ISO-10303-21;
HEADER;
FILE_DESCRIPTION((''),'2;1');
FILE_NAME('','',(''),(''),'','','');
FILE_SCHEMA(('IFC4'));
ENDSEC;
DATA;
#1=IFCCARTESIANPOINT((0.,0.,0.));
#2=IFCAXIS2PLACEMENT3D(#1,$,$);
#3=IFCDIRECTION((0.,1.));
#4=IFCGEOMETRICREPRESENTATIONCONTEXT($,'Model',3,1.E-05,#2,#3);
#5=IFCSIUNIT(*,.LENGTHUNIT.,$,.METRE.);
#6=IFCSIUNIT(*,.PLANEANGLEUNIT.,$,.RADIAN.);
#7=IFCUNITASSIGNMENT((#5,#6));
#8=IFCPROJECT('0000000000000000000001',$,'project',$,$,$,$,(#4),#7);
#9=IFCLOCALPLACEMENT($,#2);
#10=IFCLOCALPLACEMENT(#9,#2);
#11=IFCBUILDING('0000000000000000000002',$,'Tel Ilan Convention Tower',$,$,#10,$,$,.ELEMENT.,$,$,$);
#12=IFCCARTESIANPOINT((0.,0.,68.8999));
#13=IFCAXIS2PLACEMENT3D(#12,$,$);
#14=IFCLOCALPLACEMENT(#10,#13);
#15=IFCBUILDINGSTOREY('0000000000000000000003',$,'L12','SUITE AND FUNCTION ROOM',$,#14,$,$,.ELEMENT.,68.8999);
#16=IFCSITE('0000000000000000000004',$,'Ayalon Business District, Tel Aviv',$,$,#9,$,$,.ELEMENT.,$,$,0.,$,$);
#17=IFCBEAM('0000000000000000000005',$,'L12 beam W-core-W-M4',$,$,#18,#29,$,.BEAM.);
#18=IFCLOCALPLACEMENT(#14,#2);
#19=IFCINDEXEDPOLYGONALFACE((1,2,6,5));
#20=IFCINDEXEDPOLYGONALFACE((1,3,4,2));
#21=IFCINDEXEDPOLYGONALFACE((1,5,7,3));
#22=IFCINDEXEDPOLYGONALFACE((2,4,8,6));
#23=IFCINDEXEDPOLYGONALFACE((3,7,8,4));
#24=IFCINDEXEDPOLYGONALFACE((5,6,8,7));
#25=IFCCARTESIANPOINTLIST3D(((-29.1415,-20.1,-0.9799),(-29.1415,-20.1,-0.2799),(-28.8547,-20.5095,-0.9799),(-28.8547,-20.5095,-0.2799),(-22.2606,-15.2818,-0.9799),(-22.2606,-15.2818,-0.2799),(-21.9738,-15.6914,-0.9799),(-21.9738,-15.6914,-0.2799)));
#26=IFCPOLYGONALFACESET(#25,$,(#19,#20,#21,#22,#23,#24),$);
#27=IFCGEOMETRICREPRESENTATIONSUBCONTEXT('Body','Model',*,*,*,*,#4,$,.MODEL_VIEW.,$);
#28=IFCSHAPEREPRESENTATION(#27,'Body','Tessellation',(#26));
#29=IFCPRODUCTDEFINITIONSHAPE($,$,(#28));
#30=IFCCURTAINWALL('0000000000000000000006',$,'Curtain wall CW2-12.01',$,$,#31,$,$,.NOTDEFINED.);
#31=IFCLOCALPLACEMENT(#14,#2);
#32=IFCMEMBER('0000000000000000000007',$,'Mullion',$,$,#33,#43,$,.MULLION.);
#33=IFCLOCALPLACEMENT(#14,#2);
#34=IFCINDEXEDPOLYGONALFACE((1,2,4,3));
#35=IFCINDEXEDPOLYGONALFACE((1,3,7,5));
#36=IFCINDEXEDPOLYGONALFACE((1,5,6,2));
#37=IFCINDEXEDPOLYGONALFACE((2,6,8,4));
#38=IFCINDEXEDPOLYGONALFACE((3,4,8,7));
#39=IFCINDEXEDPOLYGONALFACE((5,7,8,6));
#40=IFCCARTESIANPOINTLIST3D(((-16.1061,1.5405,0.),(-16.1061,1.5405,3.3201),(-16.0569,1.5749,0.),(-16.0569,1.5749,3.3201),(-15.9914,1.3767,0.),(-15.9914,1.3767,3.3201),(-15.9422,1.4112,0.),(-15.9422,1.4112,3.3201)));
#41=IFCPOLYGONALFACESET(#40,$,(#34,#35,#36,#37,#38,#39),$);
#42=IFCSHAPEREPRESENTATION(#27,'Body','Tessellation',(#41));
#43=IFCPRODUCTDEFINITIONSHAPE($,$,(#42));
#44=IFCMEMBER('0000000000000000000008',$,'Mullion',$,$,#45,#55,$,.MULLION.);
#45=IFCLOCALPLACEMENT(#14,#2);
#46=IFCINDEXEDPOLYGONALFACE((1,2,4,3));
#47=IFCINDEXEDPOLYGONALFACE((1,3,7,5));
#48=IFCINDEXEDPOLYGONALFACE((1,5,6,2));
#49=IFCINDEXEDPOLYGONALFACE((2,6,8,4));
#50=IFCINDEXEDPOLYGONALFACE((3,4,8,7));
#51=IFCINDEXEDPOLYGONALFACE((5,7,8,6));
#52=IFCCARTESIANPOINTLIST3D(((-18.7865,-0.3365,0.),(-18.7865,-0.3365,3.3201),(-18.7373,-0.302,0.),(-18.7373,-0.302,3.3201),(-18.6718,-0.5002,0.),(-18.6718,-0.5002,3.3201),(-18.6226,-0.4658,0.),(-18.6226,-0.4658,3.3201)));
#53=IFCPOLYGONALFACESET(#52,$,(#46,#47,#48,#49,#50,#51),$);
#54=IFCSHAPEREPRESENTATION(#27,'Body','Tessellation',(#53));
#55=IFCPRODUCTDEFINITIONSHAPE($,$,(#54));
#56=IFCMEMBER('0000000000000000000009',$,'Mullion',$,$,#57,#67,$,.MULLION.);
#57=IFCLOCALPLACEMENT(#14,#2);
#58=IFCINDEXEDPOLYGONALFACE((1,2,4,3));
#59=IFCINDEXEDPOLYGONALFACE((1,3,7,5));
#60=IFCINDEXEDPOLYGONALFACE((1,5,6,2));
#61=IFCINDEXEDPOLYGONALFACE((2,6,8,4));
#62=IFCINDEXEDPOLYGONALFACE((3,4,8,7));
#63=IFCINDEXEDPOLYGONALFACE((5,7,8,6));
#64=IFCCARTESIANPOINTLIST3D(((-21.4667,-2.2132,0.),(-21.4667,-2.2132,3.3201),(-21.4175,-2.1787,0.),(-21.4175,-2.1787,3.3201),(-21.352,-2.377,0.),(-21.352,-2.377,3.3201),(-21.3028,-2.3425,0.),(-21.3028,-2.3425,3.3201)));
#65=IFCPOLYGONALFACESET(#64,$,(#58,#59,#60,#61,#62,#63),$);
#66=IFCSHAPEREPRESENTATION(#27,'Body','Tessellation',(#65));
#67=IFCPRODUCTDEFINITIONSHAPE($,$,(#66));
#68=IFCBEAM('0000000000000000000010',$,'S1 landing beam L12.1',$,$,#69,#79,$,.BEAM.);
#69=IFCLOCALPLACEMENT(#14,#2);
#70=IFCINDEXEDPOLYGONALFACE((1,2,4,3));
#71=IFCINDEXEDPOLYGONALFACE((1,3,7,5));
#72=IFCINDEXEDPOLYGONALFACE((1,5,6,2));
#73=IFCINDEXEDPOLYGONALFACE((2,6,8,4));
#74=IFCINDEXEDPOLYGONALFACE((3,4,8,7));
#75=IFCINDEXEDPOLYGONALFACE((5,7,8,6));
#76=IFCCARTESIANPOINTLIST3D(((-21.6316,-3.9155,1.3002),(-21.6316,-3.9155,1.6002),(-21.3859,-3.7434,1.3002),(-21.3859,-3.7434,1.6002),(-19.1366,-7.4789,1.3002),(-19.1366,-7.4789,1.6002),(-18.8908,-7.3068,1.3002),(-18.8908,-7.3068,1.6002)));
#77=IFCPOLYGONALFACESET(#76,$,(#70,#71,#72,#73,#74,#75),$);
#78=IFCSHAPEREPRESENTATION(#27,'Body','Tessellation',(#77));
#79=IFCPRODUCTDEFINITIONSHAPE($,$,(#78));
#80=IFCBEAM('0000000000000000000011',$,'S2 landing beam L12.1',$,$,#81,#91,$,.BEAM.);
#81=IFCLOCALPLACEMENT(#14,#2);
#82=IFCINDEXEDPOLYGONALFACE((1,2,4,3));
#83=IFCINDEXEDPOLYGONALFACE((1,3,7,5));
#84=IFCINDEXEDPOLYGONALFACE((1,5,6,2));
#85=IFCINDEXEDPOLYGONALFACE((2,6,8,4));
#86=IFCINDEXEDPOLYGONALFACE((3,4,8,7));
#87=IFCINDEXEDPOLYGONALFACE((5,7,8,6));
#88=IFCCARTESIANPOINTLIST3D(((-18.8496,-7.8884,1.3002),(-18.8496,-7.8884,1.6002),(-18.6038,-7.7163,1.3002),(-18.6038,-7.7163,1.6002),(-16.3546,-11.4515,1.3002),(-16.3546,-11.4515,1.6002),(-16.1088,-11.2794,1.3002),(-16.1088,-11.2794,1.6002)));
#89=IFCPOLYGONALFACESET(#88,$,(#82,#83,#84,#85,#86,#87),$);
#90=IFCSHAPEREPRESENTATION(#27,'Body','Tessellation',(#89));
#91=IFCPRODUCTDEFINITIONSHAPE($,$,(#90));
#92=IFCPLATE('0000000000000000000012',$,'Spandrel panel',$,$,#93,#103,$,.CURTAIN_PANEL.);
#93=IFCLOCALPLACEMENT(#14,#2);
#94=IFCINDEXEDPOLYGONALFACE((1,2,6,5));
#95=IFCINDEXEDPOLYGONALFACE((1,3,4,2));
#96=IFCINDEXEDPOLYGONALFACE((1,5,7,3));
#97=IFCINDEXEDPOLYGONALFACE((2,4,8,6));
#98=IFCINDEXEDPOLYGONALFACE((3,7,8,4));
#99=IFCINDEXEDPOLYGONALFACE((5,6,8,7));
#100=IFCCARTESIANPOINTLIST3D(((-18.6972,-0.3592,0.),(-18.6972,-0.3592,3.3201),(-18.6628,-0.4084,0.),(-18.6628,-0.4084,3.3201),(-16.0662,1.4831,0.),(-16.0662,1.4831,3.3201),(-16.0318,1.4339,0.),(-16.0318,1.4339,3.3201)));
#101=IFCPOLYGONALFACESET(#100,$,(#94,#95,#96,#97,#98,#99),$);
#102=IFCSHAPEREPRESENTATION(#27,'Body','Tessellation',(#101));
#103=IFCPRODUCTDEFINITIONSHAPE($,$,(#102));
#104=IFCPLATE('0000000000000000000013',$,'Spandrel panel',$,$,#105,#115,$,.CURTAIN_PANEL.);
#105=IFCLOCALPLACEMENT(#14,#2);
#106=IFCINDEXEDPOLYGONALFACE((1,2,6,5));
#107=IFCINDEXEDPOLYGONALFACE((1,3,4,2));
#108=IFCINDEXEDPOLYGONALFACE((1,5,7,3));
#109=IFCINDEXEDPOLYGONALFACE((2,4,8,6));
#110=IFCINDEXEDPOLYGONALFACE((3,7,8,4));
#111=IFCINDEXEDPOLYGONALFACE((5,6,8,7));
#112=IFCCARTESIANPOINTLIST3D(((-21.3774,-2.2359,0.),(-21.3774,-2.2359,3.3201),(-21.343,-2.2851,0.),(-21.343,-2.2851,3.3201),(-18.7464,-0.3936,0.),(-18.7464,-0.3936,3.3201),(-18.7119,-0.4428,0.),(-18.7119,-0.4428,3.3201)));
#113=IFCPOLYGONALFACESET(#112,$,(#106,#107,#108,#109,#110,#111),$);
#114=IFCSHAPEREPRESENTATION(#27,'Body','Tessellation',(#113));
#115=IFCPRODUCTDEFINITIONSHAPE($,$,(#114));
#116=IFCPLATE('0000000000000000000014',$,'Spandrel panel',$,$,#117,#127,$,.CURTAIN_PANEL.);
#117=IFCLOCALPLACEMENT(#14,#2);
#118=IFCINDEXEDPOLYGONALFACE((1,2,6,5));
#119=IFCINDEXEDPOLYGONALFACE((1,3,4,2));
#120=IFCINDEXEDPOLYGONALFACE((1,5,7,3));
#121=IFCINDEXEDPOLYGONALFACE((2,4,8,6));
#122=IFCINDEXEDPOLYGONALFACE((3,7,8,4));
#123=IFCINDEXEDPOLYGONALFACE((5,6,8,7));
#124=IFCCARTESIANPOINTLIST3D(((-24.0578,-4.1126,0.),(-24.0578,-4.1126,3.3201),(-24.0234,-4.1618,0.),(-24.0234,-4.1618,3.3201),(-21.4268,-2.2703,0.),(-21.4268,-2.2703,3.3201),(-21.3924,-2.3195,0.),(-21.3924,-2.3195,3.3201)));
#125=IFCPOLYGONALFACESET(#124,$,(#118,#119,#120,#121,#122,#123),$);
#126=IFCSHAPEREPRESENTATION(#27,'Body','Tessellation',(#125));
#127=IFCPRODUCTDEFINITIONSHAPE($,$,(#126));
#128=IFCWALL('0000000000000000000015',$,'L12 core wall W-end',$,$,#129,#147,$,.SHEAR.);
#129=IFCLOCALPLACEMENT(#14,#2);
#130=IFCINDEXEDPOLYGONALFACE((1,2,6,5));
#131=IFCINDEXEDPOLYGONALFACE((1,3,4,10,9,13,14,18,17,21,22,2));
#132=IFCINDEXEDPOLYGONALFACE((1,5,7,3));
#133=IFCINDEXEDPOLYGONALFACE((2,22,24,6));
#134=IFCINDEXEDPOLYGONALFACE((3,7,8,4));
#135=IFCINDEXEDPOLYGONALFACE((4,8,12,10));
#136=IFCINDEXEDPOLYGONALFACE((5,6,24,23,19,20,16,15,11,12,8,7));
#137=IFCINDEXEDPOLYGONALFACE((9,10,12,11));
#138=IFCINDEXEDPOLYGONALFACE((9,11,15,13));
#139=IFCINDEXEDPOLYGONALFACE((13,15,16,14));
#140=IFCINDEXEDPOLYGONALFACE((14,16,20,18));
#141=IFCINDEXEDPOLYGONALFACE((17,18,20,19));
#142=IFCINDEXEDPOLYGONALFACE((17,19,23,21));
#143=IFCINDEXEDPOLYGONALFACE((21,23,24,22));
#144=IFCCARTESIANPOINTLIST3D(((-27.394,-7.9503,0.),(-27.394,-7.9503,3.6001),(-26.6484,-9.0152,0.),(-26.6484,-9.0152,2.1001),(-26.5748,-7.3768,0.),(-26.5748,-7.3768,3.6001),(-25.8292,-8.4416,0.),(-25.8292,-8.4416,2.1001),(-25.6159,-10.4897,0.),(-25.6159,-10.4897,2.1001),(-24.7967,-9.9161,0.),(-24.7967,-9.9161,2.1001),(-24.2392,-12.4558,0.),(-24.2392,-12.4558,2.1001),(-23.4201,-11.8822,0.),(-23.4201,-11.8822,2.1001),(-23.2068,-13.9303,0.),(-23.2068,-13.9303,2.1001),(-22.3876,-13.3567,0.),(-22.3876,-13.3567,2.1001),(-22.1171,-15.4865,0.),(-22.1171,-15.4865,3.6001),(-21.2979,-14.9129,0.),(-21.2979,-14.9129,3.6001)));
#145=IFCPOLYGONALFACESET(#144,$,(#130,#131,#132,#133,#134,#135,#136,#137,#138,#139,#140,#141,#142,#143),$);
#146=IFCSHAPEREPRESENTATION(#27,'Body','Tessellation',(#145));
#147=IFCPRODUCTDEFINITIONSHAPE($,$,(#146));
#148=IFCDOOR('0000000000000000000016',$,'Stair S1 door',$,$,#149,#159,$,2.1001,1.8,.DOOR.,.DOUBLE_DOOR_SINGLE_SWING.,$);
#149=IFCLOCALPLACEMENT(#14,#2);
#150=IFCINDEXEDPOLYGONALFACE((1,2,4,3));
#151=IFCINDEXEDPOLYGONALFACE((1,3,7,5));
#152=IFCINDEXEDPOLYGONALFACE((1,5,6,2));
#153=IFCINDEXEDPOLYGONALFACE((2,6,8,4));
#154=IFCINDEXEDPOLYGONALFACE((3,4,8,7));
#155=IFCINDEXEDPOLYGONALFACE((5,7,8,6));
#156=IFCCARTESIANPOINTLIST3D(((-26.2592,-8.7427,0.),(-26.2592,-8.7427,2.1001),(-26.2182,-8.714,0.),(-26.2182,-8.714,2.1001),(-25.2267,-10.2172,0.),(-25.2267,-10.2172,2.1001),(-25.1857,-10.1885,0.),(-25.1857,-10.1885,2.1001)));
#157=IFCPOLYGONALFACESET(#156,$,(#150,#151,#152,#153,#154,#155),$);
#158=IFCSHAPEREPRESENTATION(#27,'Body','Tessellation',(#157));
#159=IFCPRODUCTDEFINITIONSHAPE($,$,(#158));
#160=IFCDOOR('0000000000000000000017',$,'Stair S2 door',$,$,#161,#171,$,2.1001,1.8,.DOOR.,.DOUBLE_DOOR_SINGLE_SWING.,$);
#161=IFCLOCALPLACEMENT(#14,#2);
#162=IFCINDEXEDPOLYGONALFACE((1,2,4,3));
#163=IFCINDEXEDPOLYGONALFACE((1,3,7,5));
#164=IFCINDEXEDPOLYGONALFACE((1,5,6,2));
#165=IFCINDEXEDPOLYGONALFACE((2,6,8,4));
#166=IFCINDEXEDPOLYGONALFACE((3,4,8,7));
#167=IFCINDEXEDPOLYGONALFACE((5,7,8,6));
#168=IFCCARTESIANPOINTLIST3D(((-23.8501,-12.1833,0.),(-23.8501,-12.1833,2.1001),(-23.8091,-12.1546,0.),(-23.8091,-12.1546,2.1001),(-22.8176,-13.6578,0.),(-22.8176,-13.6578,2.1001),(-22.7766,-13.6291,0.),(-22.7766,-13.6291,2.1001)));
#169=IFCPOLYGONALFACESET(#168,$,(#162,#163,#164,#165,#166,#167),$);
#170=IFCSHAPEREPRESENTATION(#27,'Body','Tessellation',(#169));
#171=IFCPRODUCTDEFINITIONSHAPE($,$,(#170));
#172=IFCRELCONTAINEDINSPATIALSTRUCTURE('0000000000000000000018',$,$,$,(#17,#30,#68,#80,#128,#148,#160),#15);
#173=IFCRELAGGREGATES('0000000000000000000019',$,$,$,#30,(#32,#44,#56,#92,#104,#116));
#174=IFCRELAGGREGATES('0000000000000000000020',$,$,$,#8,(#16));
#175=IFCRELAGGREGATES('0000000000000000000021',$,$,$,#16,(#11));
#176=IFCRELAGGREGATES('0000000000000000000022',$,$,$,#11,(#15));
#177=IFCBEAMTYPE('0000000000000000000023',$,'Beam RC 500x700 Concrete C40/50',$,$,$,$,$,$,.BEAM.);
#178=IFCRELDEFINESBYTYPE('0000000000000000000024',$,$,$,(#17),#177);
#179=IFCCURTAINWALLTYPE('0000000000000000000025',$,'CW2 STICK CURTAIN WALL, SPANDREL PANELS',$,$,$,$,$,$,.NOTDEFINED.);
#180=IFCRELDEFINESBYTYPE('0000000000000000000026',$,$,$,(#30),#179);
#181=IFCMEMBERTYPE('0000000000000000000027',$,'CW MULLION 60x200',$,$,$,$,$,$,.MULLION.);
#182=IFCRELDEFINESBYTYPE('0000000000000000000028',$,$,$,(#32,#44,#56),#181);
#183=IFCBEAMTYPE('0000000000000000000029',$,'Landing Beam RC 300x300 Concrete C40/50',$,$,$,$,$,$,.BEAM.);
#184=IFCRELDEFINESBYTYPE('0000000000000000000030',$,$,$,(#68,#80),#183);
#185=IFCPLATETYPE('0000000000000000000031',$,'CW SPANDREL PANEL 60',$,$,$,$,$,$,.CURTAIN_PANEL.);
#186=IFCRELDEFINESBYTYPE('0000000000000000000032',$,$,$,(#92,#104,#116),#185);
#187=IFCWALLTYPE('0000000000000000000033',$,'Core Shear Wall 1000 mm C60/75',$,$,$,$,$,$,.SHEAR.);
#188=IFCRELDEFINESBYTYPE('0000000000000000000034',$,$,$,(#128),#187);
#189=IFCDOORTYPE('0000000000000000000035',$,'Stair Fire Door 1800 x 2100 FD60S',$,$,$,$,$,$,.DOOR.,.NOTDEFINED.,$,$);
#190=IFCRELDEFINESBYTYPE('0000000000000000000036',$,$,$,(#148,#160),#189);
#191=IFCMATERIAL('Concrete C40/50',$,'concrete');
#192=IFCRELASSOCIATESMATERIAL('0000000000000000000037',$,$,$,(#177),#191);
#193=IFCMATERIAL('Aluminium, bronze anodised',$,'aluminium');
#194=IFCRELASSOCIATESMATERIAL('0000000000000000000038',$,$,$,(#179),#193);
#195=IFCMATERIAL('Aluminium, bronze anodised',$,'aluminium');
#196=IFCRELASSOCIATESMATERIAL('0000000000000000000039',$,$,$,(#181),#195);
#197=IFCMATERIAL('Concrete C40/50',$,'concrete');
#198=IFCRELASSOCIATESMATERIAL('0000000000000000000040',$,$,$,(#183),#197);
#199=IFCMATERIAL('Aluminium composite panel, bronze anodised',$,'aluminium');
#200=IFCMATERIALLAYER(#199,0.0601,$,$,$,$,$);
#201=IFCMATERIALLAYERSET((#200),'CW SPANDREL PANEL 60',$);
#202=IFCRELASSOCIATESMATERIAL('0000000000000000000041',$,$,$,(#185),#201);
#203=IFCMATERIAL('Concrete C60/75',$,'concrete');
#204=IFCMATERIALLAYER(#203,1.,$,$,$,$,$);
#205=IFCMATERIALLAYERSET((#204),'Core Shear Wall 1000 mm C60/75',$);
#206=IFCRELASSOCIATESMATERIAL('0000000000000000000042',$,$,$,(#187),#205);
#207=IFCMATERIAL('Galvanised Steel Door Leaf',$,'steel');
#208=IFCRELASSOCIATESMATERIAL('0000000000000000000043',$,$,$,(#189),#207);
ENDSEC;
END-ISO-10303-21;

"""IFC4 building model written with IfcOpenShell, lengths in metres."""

from ifc_helpers import new_model, si_unit, direction, frame, frame_2d, origin, origin_2d, place, context, subcontext, project, spatial, polyline, rectangle, outline, extrude, material, layer, layer_set, material_profile, profile_set, type_object, element, fill, aggregate, save


model = new_model("IFC4")

# Units and contexts
model_context = context("Model", 3, precision=1e-05, world=origin(), true_north=direction((0.0, 1.0)))
body_context = subcontext(model_context, "Body", "Model", "MODEL_VIEW")
ifc_project = project(units=[si_unit("LENGTHUNIT", "METRE"), si_unit("PLANEANGLEUNIT", "RADIAN")], contexts=[model_context])

# Site, building, storey
site_placement = place(None, origin())
site = spatial("IfcSite", under=ifc_project, at=site_placement, Name="Ayalon Business District, Tel Aviv", CompositionType="ELEMENT", RefElevation=0.0)
building_placement = place(site_placement, origin())
building = spatial("IfcBuilding", under=site, at=building_placement, Name="Tel Ilan Convention Tower", CompositionType="ELEMENT")
storey_placement = place(building_placement, frame((0.0, 0.0, 68.8999)))
storey = spatial("IfcBuildingStorey", under=building, at=storey_placement, Name="L12", Description="SUITE AND FUNCTION ROOM", CompositionType="ELEMENT", Elevation=68.8999)

# Beam
ifc_material_1 = material(Name="Concrete C40/50", Category="concrete")
ifc_material_profile_1 = material_profile(ifc_material_1, rectangle(XDim=0.5, YDim=0.7, at=origin_2d()), Name="RC 500x700")
ifc_profile_set_1 = profile_set([ifc_material_profile_1], Name="Concrete C40/50")
beam_type_1 = type_object("IfcBeamType", Name="Beam RC 500x700 Concrete C40/50", PredefinedType="BEAM", material=ifc_profile_set_1)
beam_1_placement = place(storey_placement, frame((-22.1172, -15.4866, -0.6299), z_axis=(-0.819147, -0.573583, 0.0), x_axis=(0.573583, -0.819147, 0.0)))
element("IfcBeam", 1, at=beam_1_placement, inside=storey, type_object=beam_type_1, Name="L12 beam W-core-W-M4", PredefinedType="BEAM", context=body_context, shape_type="SweptSolid", body=[
    extrude(rectangle(XDim=0.5, YDim=0.7, at=origin_2d()), origin(), (0.0, 0.0, 1.0), 8.4001),
])

# Curtain wall, members
ifc_material_2 = material(Name="Aluminium, bronze anodised", Category="aluminium")
curtain_wall_type = type_object("IfcCurtainWallType", Name="CW2 STICK CURTAIN WALL, SPANDREL PANELS", PredefinedType="NOTDEFINED", material=ifc_material_2)
curtain_wall_placement = place(storey_placement, origin())
curtain_wall = element("IfcCurtainWall", 2, at=curtain_wall_placement, inside=storey, type_object=curtain_wall_type, Name="Curtain wall CW2-12.01", PredefinedType="NOTDEFINED")
ifc_material_3 = material(Name="Aluminium, bronze anodised", Category="aluminium")
ifc_material_profile_2 = material_profile(ifc_material_3, rectangle(XDim=0.0601, YDim=0.2, at=origin_2d()), Name="CW MULLION 60x200")
ifc_profile_set_2 = profile_set([ifc_material_profile_2], Name="Aluminium, bronze anodised")
member_type = type_object("IfcMemberType", Name="CW MULLION 60x200", PredefinedType="MULLION", material=ifc_profile_set_2)
member_1_placement = place(storey_placement, frame((-16.0242, 1.4758, 0.0), z_axis=(0.0, 0.0, 1.0), x_axis=(-0.819152, -0.573576, 0.0)))
member_1 = element("IfcMember", 3, at=member_1_placement, type_object=member_type, Name="Mullion", PredefinedType="MULLION", context=body_context, shape_type="SweptSolid", body=[
    extrude(rectangle(XDim=0.0601, YDim=0.2, at=origin_2d()), origin(), (0.0, 0.0, 1.0), 3.3201),
])
member_2_placement = place(storey_placement, frame((-18.7046, -0.4011, 0.0), z_axis=(0.0, 0.0, 1.0), x_axis=(-0.819152, -0.573576, 0.0)))
member_2 = element("IfcMember", 4, at=member_2_placement, type_object=member_type, Name="Mullion", PredefinedType="MULLION", context=body_context, shape_type="SweptSolid", body=[
    extrude(rectangle(XDim=0.0601, YDim=0.2, at=origin_2d()), origin(), (0.0, 0.0, 1.0), 3.3201),
])
member_3_placement = place(storey_placement, frame((-21.3848, -2.2778, 0.0), z_axis=(0.0, 0.0, 1.0), x_axis=(-0.819152, -0.573576, 0.0)))
member_3 = element("IfcMember", 5, at=member_3_placement, type_object=member_type, Name="Mullion", PredefinedType="MULLION", context=body_context, shape_type="SweptSolid", body=[
    extrude(rectangle(XDim=0.0601, YDim=0.2, at=origin_2d()), origin(), (0.0, 0.0, 1.0), 3.3201),
])

# Beams
ifc_material_4 = material(Name="Concrete C40/50", Category="concrete")
ifc_material_profile_3 = material_profile(ifc_material_4, rectangle(XDim=0.3, YDim=0.3, at=origin_2d()), Name="RC 300x300")
ifc_profile_set_3 = profile_set([ifc_material_profile_3], Name="Concrete C40/50")
beam_type_2 = type_object("IfcBeamType", Name="Landing Beam RC 300x300 Concrete C40/50", PredefinedType="BEAM", material=ifc_profile_set_3)
beam_2_placement = place(storey_placement, frame((-19.0137, -7.3928, 1.4502), z_axis=(-0.573568, 0.819158, 0.0), x_axis=(-0.819158, -0.573568, 0.0)))
element("IfcBeam", 6, at=beam_2_placement, inside=storey, type_object=beam_type_2, Name="S1 landing beam L12.1", PredefinedType="BEAM", context=body_context, shape_type="SweptSolid", body=[
    extrude(rectangle(XDim=0.3, YDim=0.3, at=origin_2d()), origin(), (0.0, 0.0, 1.0), 4.3501),
])
beam_3_placement = place(storey_placement, frame((-16.2317, -11.3655, 1.4502), z_axis=(-0.573594, 0.81914, 0.0), x_axis=(-0.81914, -0.573594, 0.0)))
element("IfcBeam", 7, at=beam_3_placement, inside=storey, type_object=beam_type_2, Name="S2 landing beam L12.1", PredefinedType="BEAM", context=body_context, shape_type="SweptSolid", body=[
    extrude(rectangle(XDim=0.3, YDim=0.3, at=origin_2d()), origin(), (0.0, 0.0, 1.0), 4.3499),
])

# Plates
ifc_material_5 = material(Name="Aluminium composite panel, bronze anodised", Category="aluminium")
ifc_layer_1 = layer(ifc_material_5, 0.0601)
ifc_layer_set_1 = layer_set([ifc_layer_1], Name="CW SPANDREL PANEL 60")
plate_type = type_object("IfcPlateType", Name="CW SPANDREL PANEL 60", PredefinedType="CURTAIN_PANEL", material=ifc_layer_set_1)
plate_1_placement = place(storey_placement, frame((-17.3645, 0.5374, 0.0), z_axis=(0.0, 0.0, 1.0), x_axis=(-0.819152, -0.573576, 0.0)))
plate_1 = element("IfcPlate", 8, at=plate_1_placement, type_object=plate_type, Name="Spandrel panel", PredefinedType="CURTAIN_PANEL", context=body_context, shape_type="SweptSolid", body=[
    extrude(rectangle(XDim=3.2119, YDim=0.0601, at=origin_2d()), origin(), (0.0, 0.0, 1.0), 3.3201),
])
plate_2_placement = place(storey_placement, frame((-20.0447, -1.3394, 0.0), z_axis=(0.0, 0.0, 1.0), x_axis=(-0.819152, -0.573576, 0.0)))
plate_2 = element("IfcPlate", 9, at=plate_2_placement, type_object=plate_type, Name="Spandrel panel", PredefinedType="CURTAIN_PANEL", context=body_context, shape_type="SweptSolid", body=[
    extrude(rectangle(XDim=3.2119, YDim=0.0601, at=origin_2d()), origin(), (0.0, 0.0, 1.0), 3.3201),
])
plate_3_placement = place(storey_placement, frame((-22.7251, -3.2161, 0.0), z_axis=(0.0, 0.0, 1.0), x_axis=(-0.819152, -0.573576, 0.0)))
plate_3 = element("IfcPlate", 10, at=plate_3_placement, type_object=plate_type, Name="Spandrel panel", PredefinedType="CURTAIN_PANEL", context=body_context, shape_type="SweptSolid", body=[
    extrude(rectangle(XDim=3.2119, YDim=0.0601, at=origin_2d()), origin(), (0.0, 0.0, 1.0), 3.3201),
])
aggregate(curtain_wall, [member_1, member_2, member_3, plate_1, plate_2, plate_3])

# Wall, openings, doors
ifc_material_6 = material(Name="Concrete C60/75", Category="concrete")
ifc_layer_2 = layer(ifc_material_6, 1.0)
ifc_layer_set_2 = layer_set([ifc_layer_2], Name="Core Shear Wall 1000 mm C60/75")
wall_type_1 = type_object("IfcWallType", Name="Core Shear Wall 1000 mm C60/75", PredefinedType="SHEAR", material=ifc_layer_set_2)
wall_1_placement = place(storey_placement, frame((-21.7075, -15.1997, 0.0), z_axis=(0.0, 0.0, 1.0), x_axis=(-0.573576, 0.819152, 0.0)))
wall_1 = element("IfcWall", 11, at=wall_1_placement, inside=storey, type_object=wall_type_1, Name="L12 core wall W-end", PredefinedType="SHEAR", context=body_context, shape_type="SweptSolid", body=[
    extrude(outline(polyline([(0.0, 0.5), (0.0, -0.5), (9.2, -0.5), (9.2, 0.5), (0.0, 0.5)])), origin(), (0.0, 0.0, 1.0), 3.6001),
])
opening_1_placement = place(wall_1_placement, frame((6.1001, 0.0, 0.0)))
opening_1 = element("IfcOpeningElement", 12, at=opening_1_placement, cuts=wall_1, PredefinedType="OPENING", context=body_context, shape_type="SweptSolid", body=[
    extrude(rectangle(XDim=1.8, YDim=2.1001, at=frame_2d((0.8999, 1.05))), frame((0.0, 0.51, 0.0), z_axis=(0.0, -1.0, 0.0), x_axis=(1.0, 0.0, 0.0)), (0.0, 0.0, 1.0), 1.02),
])
opening_2_placement = place(wall_1_placement, frame((1.8999, 0.0, 0.0)))
opening_2 = element("IfcOpeningElement", 13, at=opening_2_placement, cuts=wall_1, PredefinedType="OPENING", context=body_context, shape_type="SweptSolid", body=[
    extrude(rectangle(XDim=1.8, YDim=2.1001, at=frame_2d((0.8999, 1.05))), frame((0.0, 0.51, 0.0), z_axis=(0.0, -1.0, 0.0), x_axis=(1.0, 0.0, 0.0)), (0.0, 0.0, 1.0), 1.02),
])
ifc_material_7 = material(Name="Galvanised Steel Door Leaf", Category="steel")
door_type = type_object("IfcDoorType", Name="Stair Fire Door 1800 x 2100 FD60S", OperationType="NOTDEFINED", PredefinedType="DOOR", material=ifc_material_7)
door_1_placement = place(opening_1_placement, origin())
door_1 = element("IfcDoor", 14, at=door_1_placement, inside=storey, type_object=door_type, Name="Stair S1 door", OperationType="DOUBLE_DOOR_SINGLE_SWING", OverallHeight=2.1001, OverallWidth=1.8, PredefinedType="DOOR", context=body_context, shape_type="SweptSolid", body=[
    extrude(rectangle(XDim=1.8, YDim=2.1001, at=frame_2d((0.8999, 1.05))), frame((0.0, 0.0249, 0.0), z_axis=(0.0, -1.0, 0.0), x_axis=(1.0, 0.0, 0.0)), (0.0, 0.0, 1.0), 0.05),
])
fill(opening_1, door_1)
door_2_placement = place(opening_2_placement, origin())
door_2 = element("IfcDoor", 15, at=door_2_placement, inside=storey, type_object=door_type, Name="Stair S2 door", OperationType="DOUBLE_DOOR_SINGLE_SWING", OverallHeight=2.1001, OverallWidth=1.8, PredefinedType="DOOR", context=body_context, shape_type="SweptSolid", body=[
    extrude(rectangle(XDim=1.8, YDim=2.1001, at=frame_2d((0.8999, 1.05))), frame((0.0, 0.0249, 0.0), z_axis=(0.0, -1.0, 0.0), x_axis=(1.0, 0.0, 0.0)), (0.0, 0.0, 1.0), 0.05),
])
fill(opening_2, door_2)

save(model, "model.ifc")
